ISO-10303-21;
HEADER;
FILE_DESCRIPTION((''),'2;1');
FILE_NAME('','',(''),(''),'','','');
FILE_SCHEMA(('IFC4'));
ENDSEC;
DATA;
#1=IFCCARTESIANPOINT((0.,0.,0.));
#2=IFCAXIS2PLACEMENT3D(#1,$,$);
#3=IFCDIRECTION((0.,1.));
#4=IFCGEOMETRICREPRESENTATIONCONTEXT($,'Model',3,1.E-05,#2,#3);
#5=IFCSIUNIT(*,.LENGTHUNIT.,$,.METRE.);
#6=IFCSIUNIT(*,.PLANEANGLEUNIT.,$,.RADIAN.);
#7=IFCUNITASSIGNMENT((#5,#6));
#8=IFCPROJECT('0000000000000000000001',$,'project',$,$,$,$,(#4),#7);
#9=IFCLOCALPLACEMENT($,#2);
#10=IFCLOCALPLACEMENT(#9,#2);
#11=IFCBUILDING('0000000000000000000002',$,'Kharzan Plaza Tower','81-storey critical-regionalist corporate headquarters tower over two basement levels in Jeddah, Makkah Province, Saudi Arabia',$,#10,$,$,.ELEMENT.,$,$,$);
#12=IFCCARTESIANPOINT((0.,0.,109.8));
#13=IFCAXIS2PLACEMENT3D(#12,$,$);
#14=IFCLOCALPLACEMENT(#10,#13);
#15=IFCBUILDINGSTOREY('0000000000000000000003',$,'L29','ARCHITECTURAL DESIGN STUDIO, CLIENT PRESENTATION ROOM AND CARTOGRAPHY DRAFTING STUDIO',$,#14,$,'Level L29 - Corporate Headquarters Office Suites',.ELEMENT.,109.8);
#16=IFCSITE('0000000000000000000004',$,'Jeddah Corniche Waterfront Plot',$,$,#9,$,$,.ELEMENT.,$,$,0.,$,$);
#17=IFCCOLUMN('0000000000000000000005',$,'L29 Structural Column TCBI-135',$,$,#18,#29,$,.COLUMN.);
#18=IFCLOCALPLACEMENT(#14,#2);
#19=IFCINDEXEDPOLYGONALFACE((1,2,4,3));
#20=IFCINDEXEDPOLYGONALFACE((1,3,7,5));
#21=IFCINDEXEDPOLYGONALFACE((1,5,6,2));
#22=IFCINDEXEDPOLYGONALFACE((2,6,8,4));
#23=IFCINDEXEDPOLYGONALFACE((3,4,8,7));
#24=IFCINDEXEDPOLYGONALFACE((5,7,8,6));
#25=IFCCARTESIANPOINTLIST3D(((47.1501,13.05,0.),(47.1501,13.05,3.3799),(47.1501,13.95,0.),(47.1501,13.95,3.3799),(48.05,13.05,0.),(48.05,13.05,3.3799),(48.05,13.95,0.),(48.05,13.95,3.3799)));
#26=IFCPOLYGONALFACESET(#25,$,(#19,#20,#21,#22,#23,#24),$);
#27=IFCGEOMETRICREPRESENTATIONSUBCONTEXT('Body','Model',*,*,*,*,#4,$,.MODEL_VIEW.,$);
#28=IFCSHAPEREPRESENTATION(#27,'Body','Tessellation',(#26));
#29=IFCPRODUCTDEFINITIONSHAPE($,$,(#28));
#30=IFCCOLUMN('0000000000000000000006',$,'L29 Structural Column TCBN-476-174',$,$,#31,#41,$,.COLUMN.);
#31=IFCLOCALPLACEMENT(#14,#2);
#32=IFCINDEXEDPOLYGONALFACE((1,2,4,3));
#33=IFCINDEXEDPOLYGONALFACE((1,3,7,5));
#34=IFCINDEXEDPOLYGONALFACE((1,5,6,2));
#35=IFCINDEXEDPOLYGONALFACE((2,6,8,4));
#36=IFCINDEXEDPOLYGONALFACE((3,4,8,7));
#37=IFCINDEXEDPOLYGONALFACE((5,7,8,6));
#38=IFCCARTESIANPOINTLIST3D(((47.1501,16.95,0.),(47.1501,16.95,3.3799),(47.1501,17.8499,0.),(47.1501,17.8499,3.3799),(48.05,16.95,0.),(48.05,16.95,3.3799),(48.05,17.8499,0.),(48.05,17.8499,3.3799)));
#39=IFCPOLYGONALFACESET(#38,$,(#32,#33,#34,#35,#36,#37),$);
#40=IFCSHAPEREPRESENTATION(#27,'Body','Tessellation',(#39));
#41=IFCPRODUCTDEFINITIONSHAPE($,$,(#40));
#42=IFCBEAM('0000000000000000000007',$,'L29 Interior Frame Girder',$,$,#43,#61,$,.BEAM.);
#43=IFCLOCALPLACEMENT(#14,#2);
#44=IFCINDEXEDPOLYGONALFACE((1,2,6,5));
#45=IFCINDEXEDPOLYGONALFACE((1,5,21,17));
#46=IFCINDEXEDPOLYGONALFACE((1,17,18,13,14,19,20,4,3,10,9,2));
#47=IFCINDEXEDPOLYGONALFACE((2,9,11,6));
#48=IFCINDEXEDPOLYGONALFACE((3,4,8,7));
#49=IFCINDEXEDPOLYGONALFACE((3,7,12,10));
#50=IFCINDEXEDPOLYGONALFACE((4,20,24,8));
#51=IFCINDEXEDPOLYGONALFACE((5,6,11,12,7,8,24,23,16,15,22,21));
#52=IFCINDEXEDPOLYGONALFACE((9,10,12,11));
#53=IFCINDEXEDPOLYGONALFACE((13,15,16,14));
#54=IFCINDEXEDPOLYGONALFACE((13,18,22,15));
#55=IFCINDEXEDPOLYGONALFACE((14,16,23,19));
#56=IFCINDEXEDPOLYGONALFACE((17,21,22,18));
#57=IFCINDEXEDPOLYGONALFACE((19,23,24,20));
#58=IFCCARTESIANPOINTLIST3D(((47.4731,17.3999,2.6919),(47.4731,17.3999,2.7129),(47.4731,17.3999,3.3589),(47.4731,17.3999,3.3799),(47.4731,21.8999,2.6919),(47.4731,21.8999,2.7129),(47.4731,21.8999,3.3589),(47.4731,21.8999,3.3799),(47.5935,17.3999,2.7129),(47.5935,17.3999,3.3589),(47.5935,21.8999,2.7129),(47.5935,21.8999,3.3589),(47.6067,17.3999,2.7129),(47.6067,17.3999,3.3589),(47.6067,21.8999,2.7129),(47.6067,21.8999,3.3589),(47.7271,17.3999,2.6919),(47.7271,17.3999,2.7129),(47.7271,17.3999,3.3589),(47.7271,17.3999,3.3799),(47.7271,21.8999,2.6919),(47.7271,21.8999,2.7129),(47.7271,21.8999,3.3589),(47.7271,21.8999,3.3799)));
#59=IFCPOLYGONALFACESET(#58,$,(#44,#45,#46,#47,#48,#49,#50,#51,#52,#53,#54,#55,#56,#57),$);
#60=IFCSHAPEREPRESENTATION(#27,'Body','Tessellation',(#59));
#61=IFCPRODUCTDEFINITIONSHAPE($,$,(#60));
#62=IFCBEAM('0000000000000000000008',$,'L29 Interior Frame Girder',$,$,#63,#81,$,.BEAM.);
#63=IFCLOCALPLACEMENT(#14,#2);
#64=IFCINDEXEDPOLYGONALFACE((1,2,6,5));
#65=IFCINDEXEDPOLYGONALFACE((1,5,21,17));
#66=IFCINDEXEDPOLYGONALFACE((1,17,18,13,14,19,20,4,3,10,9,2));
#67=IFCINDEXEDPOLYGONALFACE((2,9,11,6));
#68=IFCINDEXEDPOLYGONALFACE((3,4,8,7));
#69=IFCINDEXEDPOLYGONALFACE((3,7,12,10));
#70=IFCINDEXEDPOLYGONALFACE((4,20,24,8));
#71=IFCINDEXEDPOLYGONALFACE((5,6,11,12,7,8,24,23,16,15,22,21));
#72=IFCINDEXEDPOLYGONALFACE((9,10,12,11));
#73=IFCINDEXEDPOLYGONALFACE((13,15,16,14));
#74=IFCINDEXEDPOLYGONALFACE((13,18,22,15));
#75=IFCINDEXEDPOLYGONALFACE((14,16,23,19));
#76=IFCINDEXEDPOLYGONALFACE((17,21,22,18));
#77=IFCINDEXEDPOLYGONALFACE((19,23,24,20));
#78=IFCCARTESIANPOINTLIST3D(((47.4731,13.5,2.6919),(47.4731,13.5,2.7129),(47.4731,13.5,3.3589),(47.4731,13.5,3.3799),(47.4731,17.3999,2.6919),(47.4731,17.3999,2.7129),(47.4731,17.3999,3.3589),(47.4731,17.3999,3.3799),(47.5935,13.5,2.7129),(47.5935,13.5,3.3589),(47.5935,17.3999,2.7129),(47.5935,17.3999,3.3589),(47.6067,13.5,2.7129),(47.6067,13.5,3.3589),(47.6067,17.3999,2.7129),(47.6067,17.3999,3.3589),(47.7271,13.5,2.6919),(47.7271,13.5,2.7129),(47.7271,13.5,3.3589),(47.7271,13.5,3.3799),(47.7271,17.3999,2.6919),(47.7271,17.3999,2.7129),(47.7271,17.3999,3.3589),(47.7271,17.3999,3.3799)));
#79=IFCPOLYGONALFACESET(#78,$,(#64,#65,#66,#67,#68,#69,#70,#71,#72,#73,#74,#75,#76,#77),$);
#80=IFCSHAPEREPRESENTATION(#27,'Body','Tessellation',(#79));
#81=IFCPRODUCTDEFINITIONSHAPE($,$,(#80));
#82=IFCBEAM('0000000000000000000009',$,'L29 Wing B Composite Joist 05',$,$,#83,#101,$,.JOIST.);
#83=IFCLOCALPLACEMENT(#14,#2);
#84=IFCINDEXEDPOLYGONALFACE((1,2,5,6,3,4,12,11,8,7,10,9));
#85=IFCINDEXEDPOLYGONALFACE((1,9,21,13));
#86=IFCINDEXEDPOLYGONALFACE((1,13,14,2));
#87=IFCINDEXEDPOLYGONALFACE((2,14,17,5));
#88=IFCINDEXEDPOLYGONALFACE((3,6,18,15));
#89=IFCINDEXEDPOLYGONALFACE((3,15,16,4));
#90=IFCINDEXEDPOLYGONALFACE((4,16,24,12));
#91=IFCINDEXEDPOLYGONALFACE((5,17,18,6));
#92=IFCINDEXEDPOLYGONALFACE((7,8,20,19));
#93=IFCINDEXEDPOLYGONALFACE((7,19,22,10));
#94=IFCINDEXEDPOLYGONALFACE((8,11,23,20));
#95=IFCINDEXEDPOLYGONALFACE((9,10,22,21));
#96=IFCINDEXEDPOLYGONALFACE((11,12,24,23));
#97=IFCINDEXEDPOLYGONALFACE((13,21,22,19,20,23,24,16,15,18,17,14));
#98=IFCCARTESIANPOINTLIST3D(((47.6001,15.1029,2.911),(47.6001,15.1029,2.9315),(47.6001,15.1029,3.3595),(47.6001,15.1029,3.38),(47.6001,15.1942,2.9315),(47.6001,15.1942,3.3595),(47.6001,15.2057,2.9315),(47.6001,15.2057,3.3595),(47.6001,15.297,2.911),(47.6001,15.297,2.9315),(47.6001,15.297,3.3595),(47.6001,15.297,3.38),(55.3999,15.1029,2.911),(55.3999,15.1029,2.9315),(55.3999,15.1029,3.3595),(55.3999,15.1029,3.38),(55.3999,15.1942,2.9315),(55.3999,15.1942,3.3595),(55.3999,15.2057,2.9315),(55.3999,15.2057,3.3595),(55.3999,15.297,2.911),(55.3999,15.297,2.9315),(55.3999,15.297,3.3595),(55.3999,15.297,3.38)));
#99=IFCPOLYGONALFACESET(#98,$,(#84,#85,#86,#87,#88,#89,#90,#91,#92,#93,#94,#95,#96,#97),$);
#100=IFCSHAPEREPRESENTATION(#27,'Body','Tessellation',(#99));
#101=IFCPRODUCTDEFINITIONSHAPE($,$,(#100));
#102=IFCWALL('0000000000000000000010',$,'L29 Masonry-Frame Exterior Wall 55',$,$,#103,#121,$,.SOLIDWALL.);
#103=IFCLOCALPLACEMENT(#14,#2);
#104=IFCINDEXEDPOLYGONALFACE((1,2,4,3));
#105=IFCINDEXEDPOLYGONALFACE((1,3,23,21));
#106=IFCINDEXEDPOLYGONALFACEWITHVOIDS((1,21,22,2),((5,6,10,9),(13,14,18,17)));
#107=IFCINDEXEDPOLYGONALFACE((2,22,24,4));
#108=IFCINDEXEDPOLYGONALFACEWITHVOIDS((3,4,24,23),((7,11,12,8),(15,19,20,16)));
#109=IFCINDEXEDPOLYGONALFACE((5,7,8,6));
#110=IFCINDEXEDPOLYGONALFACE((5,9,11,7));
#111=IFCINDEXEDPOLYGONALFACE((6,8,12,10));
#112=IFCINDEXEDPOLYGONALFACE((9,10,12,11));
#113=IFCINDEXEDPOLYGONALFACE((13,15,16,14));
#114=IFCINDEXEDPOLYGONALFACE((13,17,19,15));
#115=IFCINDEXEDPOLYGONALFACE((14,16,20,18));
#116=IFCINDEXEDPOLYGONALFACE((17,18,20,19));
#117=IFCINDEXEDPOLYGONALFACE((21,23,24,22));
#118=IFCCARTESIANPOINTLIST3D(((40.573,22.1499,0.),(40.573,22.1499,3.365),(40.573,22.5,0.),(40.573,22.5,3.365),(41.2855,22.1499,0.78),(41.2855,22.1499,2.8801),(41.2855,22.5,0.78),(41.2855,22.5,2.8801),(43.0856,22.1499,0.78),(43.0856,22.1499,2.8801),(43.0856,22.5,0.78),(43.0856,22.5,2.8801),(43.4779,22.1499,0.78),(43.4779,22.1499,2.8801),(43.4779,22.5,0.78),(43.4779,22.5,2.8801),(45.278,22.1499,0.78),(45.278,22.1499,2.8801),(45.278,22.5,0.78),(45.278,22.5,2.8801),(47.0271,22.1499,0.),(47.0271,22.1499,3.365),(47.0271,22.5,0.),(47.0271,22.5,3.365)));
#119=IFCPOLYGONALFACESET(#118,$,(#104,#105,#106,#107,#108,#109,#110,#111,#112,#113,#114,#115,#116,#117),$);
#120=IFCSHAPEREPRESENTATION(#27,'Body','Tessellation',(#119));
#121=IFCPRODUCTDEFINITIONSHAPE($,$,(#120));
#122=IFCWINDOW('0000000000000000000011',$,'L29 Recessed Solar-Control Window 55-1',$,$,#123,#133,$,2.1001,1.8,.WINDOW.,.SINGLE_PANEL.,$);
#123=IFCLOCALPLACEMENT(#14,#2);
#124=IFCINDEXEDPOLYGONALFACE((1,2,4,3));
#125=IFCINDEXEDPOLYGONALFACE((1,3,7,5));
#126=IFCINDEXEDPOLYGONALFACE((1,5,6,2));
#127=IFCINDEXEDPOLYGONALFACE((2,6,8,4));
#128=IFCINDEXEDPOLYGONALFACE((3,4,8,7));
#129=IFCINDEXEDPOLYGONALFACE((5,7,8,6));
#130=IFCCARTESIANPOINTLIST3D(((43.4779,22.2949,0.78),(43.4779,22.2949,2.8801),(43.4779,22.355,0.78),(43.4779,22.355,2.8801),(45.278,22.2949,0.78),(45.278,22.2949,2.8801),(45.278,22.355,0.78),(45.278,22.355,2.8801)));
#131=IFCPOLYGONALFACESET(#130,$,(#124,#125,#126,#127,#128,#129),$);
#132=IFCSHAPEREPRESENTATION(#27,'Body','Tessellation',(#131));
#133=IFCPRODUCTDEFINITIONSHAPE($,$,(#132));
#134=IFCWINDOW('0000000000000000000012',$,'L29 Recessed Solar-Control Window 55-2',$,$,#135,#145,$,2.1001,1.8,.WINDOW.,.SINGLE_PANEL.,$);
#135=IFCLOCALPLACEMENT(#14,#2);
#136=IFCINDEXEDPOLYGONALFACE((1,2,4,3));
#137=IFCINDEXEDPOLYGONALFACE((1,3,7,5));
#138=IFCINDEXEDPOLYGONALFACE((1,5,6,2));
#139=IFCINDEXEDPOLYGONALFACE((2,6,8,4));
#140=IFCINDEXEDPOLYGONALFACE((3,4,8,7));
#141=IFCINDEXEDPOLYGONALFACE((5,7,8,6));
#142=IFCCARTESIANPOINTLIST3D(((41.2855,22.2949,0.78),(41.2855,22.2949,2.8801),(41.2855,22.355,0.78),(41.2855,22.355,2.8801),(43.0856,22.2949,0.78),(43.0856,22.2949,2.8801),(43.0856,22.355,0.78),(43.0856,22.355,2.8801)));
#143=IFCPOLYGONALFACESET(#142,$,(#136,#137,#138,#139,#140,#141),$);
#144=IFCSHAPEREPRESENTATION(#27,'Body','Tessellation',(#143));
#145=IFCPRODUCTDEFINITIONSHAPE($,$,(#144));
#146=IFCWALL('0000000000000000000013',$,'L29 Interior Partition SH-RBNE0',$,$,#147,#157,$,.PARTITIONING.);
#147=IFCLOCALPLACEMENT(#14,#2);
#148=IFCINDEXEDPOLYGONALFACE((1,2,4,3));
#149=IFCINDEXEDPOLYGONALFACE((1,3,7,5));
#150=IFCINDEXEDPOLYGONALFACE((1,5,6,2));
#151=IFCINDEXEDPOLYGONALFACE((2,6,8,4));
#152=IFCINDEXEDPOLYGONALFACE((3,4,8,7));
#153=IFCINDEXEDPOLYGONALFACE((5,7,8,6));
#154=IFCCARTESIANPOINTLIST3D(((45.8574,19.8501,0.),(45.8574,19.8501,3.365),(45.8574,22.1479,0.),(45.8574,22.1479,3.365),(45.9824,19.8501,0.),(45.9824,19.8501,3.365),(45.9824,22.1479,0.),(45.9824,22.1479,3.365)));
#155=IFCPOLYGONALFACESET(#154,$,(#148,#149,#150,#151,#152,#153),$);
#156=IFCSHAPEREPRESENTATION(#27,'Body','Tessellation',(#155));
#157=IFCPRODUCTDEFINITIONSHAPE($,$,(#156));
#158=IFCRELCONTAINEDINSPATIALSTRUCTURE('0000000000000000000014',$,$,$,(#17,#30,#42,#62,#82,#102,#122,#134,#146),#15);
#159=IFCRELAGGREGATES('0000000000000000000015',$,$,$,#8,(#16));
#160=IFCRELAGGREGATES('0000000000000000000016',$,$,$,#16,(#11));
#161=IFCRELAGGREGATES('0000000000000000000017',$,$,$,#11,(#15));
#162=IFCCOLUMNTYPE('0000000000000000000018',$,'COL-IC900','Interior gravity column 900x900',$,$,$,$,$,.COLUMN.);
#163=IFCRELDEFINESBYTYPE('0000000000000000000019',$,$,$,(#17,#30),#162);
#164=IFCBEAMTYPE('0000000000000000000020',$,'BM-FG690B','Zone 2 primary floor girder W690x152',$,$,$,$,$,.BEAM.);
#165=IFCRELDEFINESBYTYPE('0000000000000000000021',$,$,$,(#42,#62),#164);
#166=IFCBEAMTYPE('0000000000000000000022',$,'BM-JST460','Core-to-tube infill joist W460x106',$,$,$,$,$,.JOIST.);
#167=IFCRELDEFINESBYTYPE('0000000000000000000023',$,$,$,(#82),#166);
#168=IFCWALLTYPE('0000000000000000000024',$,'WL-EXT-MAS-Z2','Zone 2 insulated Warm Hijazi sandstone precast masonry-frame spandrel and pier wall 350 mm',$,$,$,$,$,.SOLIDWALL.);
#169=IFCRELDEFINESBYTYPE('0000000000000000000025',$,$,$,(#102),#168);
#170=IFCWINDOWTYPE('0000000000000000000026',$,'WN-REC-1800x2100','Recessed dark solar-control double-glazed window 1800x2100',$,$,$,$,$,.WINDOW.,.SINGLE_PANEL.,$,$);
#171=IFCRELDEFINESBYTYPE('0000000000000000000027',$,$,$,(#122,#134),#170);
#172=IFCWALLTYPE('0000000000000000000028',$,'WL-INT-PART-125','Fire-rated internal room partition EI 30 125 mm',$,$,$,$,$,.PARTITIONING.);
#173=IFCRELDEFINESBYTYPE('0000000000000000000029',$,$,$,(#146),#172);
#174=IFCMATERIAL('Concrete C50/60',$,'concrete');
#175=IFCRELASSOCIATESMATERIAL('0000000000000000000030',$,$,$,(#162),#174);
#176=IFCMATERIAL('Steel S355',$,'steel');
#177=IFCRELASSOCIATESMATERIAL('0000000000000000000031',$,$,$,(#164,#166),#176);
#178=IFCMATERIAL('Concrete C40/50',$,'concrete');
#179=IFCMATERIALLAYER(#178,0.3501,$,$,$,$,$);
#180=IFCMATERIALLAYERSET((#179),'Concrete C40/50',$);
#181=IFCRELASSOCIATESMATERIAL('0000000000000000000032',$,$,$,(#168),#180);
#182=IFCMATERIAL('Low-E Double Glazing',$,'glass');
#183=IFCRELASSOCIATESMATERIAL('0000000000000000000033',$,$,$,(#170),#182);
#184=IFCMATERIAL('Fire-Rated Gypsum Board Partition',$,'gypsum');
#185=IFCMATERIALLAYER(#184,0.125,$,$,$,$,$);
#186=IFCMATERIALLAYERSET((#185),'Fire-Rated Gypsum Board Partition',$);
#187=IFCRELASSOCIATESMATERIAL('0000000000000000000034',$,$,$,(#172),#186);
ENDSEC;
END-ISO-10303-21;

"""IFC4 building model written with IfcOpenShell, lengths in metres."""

from ifc_helpers import new_model, si_unit, direction, frame, frame_2d, origin, origin_2d, place, context, subcontext, project, spatial, rectangle, i_section, extrude, source, transform, mapped, material, layer, layer_set, material_profile, profile_set, type_object, element, fill, save


model = new_model("IFC4")

# Units and contexts
model_context = context("Model", 3, precision=1e-05, world=origin(), true_north=direction((0.0, 1.0)))
body_context = subcontext(model_context, "Body", "Model", "MODEL_VIEW")
ifc_project = project(units=[si_unit("LENGTHUNIT", "METRE"), si_unit("PLANEANGLEUNIT", "RADIAN")], contexts=[model_context])

# Site, building, storey
site_placement = place(None, origin())
site = spatial("IfcSite", under=ifc_project, at=site_placement, Name="Jeddah Corniche Waterfront Plot", CompositionType="ELEMENT", RefElevation=0.0)
building_placement = place(site_placement, origin())
building = spatial("IfcBuilding", under=site, at=building_placement, Name="Kharzan Plaza Tower", Description="81-storey critical-regionalist corporate headquarters tower over two basement levels in Jeddah, Makkah Province, Saudi Arabia", CompositionType="ELEMENT")
storey_placement = place(building_placement, frame((0.0, 0.0, 109.8)))
storey = spatial("IfcBuildingStorey", under=building, at=storey_placement, Name="L29", Description="ARCHITECTURAL DESIGN STUDIO, CLIENT PRESENTATION ROOM AND CARTOGRAPHY DRAFTING STUDIO", LongName="Level L29 - Corporate Headquarters Office Suites", CompositionType="ELEMENT", Elevation=109.8)

# Columns
ifc_material_1 = material(Name="Concrete C50/60", Category="concrete")
ifc_material_profile_1 = material_profile(ifc_material_1, rectangle(XDim=0.8999, YDim=0.8999, at=origin_2d()), Name="RC-IC900x900")
ifc_profile_set_1 = profile_set([ifc_material_profile_1], Name="Concrete C50/60")
column_type = type_object("IfcColumnType", Name="COL-IC900", Description="Interior gravity column 900x900", PredefinedType="COLUMN", material=ifc_profile_set_1)
shared_shape_1 = source(origin(), body_context, "Body", "SweptSolid", [
    extrude(rectangle(XDim=0.8999, YDim=0.8999, at=origin_2d()), origin(), (0.0, 0.0, 1.0), 3.3799),
])
for number, where, z_axis, x_axis, name in (
    (1, (47.6001, 13.5, 0.0), (0.0, 0.0, 1.0), (1.0, 0.0, 0.0), "L29 Structural Column TCBI-135"),
    (2, (47.6001, 17.3999, 0.0), (0.0, 0.0, 1.0), (1.0, 0.0, 0.0), "L29 Structural Column TCBN-476-174"),
):
    element("IfcColumn", number, at=place(storey_placement, frame(where, z_axis=z_axis, x_axis=x_axis)), inside=storey, type_object=column_type, Name=name, PredefinedType="COLUMN", context=body_context, shape_type="MappedRepresentation", body=[
        mapped(shared_shape_1, transform((0.0, 0.0, 0.0), x_axis=(1.0, 0.0, 0.0), y_axis=(0.0, 1.0, 0.0), z_axis=(0.0, 0.0, 1.0))),
    ])

# Beams
ifc_material_2 = material(Name="Steel S355", Category="steel")
ifc_material_profile_2 = material_profile(ifc_material_2, i_section(OverallWidth=0.2539, OverallDepth=0.688, WebThickness=0.0132, FlangeThickness=0.021, at=origin_2d()), Name="W690x152")
ifc_profile_set_2 = profile_set([ifc_material_profile_2], Name="Steel S355")
beam_type_1 = type_object("IfcBeamType", Name="BM-FG690B", Description="Zone 2 primary floor girder W690x152", PredefinedType="BEAM", material=ifc_profile_set_2)
shared_shape_2 = source(origin(), body_context, "Body", "SweptSolid", [
    extrude(i_section(OverallWidth=0.2539, OverallDepth=0.688, WebThickness=0.0132, FlangeThickness=0.021, at=origin_2d()), origin(), (0.0, 0.0, 1.0), 4.5),
])
beam_1_placement = place(storey_placement, frame((47.6001, 17.3999, 3.0359), z_axis=(0.0, 1.0, 0.0), x_axis=(-1.0, 0.0, 0.0)))
element("IfcBeam", 3, at=beam_1_placement, inside=storey, type_object=beam_type_1, Name="L29 Interior Frame Girder", PredefinedType="BEAM", context=body_context, shape_type="MappedRepresentation", body=[
    mapped(shared_shape_2, transform((0.0, 0.0, 0.0), x_axis=(1.0, 0.0, 0.0), y_axis=(0.0, 1.0, 0.0), z_axis=(0.0, 0.0, 1.0))),
])
shared_shape_3 = source(origin(), body_context, "Body", "SweptSolid", [
    extrude(i_section(OverallWidth=0.2539, OverallDepth=0.688, WebThickness=0.0132, FlangeThickness=0.021, at=origin_2d()), origin(), (0.0, 0.0, 1.0), 3.8999),
])
beam_2_placement = place(storey_placement, frame((47.6001, 13.5, 3.0359), z_axis=(0.0, 1.0, 0.0), x_axis=(-1.0, 0.0, 0.0)))
element("IfcBeam", 4, at=beam_2_placement, inside=storey, type_object=beam_type_1, Name="L29 Interior Frame Girder", PredefinedType="BEAM", context=body_context, shape_type="MappedRepresentation", body=[
    mapped(shared_shape_3, transform((0.0, 0.0, 0.0), x_axis=(1.0, 0.0, 0.0), y_axis=(0.0, 1.0, 0.0), z_axis=(0.0, 0.0, 1.0))),
])
ifc_material_profile_3 = material_profile(ifc_material_2, i_section(OverallWidth=0.1941, OverallDepth=0.469, WebThickness=0.0115, FlangeThickness=0.0205, at=origin_2d()), Name="W460x106")
ifc_profile_set_3 = profile_set([ifc_material_profile_3], Name="Steel S355")
beam_type_2 = type_object("IfcBeamType", Name="BM-JST460", Description="Core-to-tube infill joist W460x106", PredefinedType="JOIST", material=ifc_profile_set_3)
shared_shape_4 = source(origin(), body_context, "Body", "SweptSolid", [
    extrude(i_section(OverallWidth=0.1941, OverallDepth=0.469, WebThickness=0.0115, FlangeThickness=0.0205, at=origin_2d()), origin(), (0.0, 0.0, 1.0), 7.7998),
])
beam_3_placement = place(storey_placement, frame((47.6001, 15.2, 3.1455), z_axis=(1.0, 0.0, 0.0), x_axis=(0.0, 1.0, 0.0)))
element("IfcBeam", 5, at=beam_3_placement, inside=storey, type_object=beam_type_2, Name="L29 Wing B Composite Joist 05", PredefinedType="JOIST", context=body_context, shape_type="MappedRepresentation", body=[
    mapped(shared_shape_4, transform((0.0, 0.0, 0.0), x_axis=(1.0, 0.0, 0.0), y_axis=(0.0, 1.0, 0.0), z_axis=(0.0, 0.0, 1.0))),
])

# Wall, openings, windows
ifc_material_3 = material(Name="Concrete C40/50", Category="concrete")
ifc_layer_1 = layer(ifc_material_3, 0.3501)
ifc_layer_set_1 = layer_set([ifc_layer_1], Name="Concrete C40/50")
wall_type_1 = type_object("IfcWallType", Name="WL-EXT-MAS-Z2", Description="Zone 2 insulated Warm Hijazi sandstone precast masonry-frame spandrel and pier wall 350 mm", PredefinedType="SOLIDWALL", material=ifc_layer_set_1)
wall_1_placement = place(storey_placement, frame((47.0271, 22.325, 0.0), z_axis=(0.0, 0.0, 1.0), x_axis=(-1.0, 0.0, 0.0)))
wall_1 = element("IfcWall", 6, at=wall_1_placement, inside=storey, type_object=wall_type_1, Name="L29 Masonry-Frame Exterior Wall 55", PredefinedType="SOLIDWALL", context=body_context, shape_type="SweptSolid", body=[
    extrude(rectangle(XDim=6.4541, YDim=0.3501, at=frame_2d((3.2271, 0.0))), origin(), (0.0, 0.0, 1.0), 3.365),
])
opening_1_placement = place(wall_1_placement, frame((1.7493, 0.0, 0.78)))
opening_1 = element("IfcOpeningElement", 7, at=opening_1_placement, cuts=wall_1, PredefinedType="OPENING", context=body_context, shape_type="SweptSolid", body=[
    extrude(rectangle(XDim=1.8, YDim=2.1001, at=frame_2d((0.8999, 1.05))), frame((0.0, 0.1851, 0.0), z_axis=(0.0, -1.0, 0.0), x_axis=(1.0, 0.0, 0.0)), (0.0, 0.0, 1.0), 0.3701),
])
opening_2_placement = place(wall_1_placement, frame((3.9417, 0.0, 0.78)))
opening_2 = element("IfcOpeningElement", 8, at=opening_2_placement, cuts=wall_1, PredefinedType="OPENING", context=body_context, shape_type="SweptSolid", body=[
    extrude(rectangle(XDim=1.8, YDim=2.1001, at=frame_2d((0.8999, 1.05))), frame((0.0, 0.1851, 0.0), z_axis=(0.0, -1.0, 0.0), x_axis=(1.0, 0.0, 0.0)), (0.0, 0.0, 1.0), 0.3701),
])
ifc_material_4 = material(Name="Low-E Double Glazing", Category="glass")
window_type = type_object("IfcWindowType", Name="WN-REC-1800x2100", Description="Recessed dark solar-control double-glazed window 1800x2100", PartitioningType="SINGLE_PANEL", PredefinedType="WINDOW", material=ifc_material_4)
shared_shape_5 = source(origin(), body_context, "Body", "SweptSolid", [
    extrude(rectangle(XDim=1.8, YDim=2.1001, at=frame_2d((0.8999, 1.05))), frame((0.0, 0.03, 0.0), z_axis=(0.0, -1.0, 0.0), x_axis=(1.0, 0.0, 0.0)), (0.0, 0.0, 1.0), 0.0601),
])
window_1_placement = place(opening_1_placement, origin())
window_1 = element("IfcWindow", 9, at=window_1_placement, inside=storey, type_object=window_type, Name="L29 Recessed Solar-Control Window 55-1", OverallHeight=2.1001, OverallWidth=1.8, PartitioningType="SINGLE_PANEL", PredefinedType="WINDOW", context=body_context, shape_type="MappedRepresentation", body=[
    mapped(shared_shape_5, transform((0.0, 0.0, 0.0), x_axis=(1.0, 0.0, 0.0), y_axis=(0.0, 1.0, 0.0), z_axis=(0.0, 0.0, 1.0))),
])
fill(opening_1, window_1)
window_2_placement = place(opening_2_placement, origin())
window_2 = element("IfcWindow", 10, at=window_2_placement, inside=storey, type_object=window_type, Name="L29 Recessed Solar-Control Window 55-2", OverallHeight=2.1001, OverallWidth=1.8, PartitioningType="SINGLE_PANEL", PredefinedType="WINDOW", context=body_context, shape_type="MappedRepresentation", body=[
    mapped(shared_shape_5, transform((0.0, 0.0, 0.0), x_axis=(1.0, 0.0, 0.0), y_axis=(0.0, 1.0, 0.0), z_axis=(0.0, 0.0, 1.0))),
])
fill(opening_2, window_2)

# Shared definitions
ifc_material_5 = material(Name="Fire-Rated Gypsum Board Partition", Category="gypsum")
ifc_layer_2 = layer(ifc_material_5, 0.125)
ifc_layer_set_2 = layer_set([ifc_layer_2], Name="Fire-Rated Gypsum Board Partition")
wall_type_2 = type_object("IfcWallType", Name="WL-INT-PART-125", Description="Fire-rated internal room partition EI 30 125 mm", PredefinedType="PARTITIONING", material=ifc_layer_set_2)

# Wall
shared_shape_6 = source(origin(), body_context, "Body", "SweptSolid", [
    extrude(rectangle(XDim=2.2979, YDim=0.125, at=frame_2d((1.1489, 0.0))), origin(), (0.0, 0.0, 1.0), 3.365),
])
wall_2_placement = place(storey_placement, frame((45.9199, 19.8501, 0.0), z_axis=(0.0, 0.0, 1.0), x_axis=(0.0, 1.0, 0.0)))
element("IfcWall", 11, at=wall_2_placement, inside=storey, type_object=wall_type_2, Name="L29 Interior Partition SH-RBNE0", PredefinedType="PARTITIONING", context=body_context, shape_type="MappedRepresentation", body=[
    mapped(shared_shape_6, transform((0.0, 0.0, 0.0), x_axis=(1.0, 0.0, 0.0), y_axis=(0.0, 1.0, 0.0), z_axis=(0.0, 0.0, 1.0))),
])

save(model, "model.ifc")
